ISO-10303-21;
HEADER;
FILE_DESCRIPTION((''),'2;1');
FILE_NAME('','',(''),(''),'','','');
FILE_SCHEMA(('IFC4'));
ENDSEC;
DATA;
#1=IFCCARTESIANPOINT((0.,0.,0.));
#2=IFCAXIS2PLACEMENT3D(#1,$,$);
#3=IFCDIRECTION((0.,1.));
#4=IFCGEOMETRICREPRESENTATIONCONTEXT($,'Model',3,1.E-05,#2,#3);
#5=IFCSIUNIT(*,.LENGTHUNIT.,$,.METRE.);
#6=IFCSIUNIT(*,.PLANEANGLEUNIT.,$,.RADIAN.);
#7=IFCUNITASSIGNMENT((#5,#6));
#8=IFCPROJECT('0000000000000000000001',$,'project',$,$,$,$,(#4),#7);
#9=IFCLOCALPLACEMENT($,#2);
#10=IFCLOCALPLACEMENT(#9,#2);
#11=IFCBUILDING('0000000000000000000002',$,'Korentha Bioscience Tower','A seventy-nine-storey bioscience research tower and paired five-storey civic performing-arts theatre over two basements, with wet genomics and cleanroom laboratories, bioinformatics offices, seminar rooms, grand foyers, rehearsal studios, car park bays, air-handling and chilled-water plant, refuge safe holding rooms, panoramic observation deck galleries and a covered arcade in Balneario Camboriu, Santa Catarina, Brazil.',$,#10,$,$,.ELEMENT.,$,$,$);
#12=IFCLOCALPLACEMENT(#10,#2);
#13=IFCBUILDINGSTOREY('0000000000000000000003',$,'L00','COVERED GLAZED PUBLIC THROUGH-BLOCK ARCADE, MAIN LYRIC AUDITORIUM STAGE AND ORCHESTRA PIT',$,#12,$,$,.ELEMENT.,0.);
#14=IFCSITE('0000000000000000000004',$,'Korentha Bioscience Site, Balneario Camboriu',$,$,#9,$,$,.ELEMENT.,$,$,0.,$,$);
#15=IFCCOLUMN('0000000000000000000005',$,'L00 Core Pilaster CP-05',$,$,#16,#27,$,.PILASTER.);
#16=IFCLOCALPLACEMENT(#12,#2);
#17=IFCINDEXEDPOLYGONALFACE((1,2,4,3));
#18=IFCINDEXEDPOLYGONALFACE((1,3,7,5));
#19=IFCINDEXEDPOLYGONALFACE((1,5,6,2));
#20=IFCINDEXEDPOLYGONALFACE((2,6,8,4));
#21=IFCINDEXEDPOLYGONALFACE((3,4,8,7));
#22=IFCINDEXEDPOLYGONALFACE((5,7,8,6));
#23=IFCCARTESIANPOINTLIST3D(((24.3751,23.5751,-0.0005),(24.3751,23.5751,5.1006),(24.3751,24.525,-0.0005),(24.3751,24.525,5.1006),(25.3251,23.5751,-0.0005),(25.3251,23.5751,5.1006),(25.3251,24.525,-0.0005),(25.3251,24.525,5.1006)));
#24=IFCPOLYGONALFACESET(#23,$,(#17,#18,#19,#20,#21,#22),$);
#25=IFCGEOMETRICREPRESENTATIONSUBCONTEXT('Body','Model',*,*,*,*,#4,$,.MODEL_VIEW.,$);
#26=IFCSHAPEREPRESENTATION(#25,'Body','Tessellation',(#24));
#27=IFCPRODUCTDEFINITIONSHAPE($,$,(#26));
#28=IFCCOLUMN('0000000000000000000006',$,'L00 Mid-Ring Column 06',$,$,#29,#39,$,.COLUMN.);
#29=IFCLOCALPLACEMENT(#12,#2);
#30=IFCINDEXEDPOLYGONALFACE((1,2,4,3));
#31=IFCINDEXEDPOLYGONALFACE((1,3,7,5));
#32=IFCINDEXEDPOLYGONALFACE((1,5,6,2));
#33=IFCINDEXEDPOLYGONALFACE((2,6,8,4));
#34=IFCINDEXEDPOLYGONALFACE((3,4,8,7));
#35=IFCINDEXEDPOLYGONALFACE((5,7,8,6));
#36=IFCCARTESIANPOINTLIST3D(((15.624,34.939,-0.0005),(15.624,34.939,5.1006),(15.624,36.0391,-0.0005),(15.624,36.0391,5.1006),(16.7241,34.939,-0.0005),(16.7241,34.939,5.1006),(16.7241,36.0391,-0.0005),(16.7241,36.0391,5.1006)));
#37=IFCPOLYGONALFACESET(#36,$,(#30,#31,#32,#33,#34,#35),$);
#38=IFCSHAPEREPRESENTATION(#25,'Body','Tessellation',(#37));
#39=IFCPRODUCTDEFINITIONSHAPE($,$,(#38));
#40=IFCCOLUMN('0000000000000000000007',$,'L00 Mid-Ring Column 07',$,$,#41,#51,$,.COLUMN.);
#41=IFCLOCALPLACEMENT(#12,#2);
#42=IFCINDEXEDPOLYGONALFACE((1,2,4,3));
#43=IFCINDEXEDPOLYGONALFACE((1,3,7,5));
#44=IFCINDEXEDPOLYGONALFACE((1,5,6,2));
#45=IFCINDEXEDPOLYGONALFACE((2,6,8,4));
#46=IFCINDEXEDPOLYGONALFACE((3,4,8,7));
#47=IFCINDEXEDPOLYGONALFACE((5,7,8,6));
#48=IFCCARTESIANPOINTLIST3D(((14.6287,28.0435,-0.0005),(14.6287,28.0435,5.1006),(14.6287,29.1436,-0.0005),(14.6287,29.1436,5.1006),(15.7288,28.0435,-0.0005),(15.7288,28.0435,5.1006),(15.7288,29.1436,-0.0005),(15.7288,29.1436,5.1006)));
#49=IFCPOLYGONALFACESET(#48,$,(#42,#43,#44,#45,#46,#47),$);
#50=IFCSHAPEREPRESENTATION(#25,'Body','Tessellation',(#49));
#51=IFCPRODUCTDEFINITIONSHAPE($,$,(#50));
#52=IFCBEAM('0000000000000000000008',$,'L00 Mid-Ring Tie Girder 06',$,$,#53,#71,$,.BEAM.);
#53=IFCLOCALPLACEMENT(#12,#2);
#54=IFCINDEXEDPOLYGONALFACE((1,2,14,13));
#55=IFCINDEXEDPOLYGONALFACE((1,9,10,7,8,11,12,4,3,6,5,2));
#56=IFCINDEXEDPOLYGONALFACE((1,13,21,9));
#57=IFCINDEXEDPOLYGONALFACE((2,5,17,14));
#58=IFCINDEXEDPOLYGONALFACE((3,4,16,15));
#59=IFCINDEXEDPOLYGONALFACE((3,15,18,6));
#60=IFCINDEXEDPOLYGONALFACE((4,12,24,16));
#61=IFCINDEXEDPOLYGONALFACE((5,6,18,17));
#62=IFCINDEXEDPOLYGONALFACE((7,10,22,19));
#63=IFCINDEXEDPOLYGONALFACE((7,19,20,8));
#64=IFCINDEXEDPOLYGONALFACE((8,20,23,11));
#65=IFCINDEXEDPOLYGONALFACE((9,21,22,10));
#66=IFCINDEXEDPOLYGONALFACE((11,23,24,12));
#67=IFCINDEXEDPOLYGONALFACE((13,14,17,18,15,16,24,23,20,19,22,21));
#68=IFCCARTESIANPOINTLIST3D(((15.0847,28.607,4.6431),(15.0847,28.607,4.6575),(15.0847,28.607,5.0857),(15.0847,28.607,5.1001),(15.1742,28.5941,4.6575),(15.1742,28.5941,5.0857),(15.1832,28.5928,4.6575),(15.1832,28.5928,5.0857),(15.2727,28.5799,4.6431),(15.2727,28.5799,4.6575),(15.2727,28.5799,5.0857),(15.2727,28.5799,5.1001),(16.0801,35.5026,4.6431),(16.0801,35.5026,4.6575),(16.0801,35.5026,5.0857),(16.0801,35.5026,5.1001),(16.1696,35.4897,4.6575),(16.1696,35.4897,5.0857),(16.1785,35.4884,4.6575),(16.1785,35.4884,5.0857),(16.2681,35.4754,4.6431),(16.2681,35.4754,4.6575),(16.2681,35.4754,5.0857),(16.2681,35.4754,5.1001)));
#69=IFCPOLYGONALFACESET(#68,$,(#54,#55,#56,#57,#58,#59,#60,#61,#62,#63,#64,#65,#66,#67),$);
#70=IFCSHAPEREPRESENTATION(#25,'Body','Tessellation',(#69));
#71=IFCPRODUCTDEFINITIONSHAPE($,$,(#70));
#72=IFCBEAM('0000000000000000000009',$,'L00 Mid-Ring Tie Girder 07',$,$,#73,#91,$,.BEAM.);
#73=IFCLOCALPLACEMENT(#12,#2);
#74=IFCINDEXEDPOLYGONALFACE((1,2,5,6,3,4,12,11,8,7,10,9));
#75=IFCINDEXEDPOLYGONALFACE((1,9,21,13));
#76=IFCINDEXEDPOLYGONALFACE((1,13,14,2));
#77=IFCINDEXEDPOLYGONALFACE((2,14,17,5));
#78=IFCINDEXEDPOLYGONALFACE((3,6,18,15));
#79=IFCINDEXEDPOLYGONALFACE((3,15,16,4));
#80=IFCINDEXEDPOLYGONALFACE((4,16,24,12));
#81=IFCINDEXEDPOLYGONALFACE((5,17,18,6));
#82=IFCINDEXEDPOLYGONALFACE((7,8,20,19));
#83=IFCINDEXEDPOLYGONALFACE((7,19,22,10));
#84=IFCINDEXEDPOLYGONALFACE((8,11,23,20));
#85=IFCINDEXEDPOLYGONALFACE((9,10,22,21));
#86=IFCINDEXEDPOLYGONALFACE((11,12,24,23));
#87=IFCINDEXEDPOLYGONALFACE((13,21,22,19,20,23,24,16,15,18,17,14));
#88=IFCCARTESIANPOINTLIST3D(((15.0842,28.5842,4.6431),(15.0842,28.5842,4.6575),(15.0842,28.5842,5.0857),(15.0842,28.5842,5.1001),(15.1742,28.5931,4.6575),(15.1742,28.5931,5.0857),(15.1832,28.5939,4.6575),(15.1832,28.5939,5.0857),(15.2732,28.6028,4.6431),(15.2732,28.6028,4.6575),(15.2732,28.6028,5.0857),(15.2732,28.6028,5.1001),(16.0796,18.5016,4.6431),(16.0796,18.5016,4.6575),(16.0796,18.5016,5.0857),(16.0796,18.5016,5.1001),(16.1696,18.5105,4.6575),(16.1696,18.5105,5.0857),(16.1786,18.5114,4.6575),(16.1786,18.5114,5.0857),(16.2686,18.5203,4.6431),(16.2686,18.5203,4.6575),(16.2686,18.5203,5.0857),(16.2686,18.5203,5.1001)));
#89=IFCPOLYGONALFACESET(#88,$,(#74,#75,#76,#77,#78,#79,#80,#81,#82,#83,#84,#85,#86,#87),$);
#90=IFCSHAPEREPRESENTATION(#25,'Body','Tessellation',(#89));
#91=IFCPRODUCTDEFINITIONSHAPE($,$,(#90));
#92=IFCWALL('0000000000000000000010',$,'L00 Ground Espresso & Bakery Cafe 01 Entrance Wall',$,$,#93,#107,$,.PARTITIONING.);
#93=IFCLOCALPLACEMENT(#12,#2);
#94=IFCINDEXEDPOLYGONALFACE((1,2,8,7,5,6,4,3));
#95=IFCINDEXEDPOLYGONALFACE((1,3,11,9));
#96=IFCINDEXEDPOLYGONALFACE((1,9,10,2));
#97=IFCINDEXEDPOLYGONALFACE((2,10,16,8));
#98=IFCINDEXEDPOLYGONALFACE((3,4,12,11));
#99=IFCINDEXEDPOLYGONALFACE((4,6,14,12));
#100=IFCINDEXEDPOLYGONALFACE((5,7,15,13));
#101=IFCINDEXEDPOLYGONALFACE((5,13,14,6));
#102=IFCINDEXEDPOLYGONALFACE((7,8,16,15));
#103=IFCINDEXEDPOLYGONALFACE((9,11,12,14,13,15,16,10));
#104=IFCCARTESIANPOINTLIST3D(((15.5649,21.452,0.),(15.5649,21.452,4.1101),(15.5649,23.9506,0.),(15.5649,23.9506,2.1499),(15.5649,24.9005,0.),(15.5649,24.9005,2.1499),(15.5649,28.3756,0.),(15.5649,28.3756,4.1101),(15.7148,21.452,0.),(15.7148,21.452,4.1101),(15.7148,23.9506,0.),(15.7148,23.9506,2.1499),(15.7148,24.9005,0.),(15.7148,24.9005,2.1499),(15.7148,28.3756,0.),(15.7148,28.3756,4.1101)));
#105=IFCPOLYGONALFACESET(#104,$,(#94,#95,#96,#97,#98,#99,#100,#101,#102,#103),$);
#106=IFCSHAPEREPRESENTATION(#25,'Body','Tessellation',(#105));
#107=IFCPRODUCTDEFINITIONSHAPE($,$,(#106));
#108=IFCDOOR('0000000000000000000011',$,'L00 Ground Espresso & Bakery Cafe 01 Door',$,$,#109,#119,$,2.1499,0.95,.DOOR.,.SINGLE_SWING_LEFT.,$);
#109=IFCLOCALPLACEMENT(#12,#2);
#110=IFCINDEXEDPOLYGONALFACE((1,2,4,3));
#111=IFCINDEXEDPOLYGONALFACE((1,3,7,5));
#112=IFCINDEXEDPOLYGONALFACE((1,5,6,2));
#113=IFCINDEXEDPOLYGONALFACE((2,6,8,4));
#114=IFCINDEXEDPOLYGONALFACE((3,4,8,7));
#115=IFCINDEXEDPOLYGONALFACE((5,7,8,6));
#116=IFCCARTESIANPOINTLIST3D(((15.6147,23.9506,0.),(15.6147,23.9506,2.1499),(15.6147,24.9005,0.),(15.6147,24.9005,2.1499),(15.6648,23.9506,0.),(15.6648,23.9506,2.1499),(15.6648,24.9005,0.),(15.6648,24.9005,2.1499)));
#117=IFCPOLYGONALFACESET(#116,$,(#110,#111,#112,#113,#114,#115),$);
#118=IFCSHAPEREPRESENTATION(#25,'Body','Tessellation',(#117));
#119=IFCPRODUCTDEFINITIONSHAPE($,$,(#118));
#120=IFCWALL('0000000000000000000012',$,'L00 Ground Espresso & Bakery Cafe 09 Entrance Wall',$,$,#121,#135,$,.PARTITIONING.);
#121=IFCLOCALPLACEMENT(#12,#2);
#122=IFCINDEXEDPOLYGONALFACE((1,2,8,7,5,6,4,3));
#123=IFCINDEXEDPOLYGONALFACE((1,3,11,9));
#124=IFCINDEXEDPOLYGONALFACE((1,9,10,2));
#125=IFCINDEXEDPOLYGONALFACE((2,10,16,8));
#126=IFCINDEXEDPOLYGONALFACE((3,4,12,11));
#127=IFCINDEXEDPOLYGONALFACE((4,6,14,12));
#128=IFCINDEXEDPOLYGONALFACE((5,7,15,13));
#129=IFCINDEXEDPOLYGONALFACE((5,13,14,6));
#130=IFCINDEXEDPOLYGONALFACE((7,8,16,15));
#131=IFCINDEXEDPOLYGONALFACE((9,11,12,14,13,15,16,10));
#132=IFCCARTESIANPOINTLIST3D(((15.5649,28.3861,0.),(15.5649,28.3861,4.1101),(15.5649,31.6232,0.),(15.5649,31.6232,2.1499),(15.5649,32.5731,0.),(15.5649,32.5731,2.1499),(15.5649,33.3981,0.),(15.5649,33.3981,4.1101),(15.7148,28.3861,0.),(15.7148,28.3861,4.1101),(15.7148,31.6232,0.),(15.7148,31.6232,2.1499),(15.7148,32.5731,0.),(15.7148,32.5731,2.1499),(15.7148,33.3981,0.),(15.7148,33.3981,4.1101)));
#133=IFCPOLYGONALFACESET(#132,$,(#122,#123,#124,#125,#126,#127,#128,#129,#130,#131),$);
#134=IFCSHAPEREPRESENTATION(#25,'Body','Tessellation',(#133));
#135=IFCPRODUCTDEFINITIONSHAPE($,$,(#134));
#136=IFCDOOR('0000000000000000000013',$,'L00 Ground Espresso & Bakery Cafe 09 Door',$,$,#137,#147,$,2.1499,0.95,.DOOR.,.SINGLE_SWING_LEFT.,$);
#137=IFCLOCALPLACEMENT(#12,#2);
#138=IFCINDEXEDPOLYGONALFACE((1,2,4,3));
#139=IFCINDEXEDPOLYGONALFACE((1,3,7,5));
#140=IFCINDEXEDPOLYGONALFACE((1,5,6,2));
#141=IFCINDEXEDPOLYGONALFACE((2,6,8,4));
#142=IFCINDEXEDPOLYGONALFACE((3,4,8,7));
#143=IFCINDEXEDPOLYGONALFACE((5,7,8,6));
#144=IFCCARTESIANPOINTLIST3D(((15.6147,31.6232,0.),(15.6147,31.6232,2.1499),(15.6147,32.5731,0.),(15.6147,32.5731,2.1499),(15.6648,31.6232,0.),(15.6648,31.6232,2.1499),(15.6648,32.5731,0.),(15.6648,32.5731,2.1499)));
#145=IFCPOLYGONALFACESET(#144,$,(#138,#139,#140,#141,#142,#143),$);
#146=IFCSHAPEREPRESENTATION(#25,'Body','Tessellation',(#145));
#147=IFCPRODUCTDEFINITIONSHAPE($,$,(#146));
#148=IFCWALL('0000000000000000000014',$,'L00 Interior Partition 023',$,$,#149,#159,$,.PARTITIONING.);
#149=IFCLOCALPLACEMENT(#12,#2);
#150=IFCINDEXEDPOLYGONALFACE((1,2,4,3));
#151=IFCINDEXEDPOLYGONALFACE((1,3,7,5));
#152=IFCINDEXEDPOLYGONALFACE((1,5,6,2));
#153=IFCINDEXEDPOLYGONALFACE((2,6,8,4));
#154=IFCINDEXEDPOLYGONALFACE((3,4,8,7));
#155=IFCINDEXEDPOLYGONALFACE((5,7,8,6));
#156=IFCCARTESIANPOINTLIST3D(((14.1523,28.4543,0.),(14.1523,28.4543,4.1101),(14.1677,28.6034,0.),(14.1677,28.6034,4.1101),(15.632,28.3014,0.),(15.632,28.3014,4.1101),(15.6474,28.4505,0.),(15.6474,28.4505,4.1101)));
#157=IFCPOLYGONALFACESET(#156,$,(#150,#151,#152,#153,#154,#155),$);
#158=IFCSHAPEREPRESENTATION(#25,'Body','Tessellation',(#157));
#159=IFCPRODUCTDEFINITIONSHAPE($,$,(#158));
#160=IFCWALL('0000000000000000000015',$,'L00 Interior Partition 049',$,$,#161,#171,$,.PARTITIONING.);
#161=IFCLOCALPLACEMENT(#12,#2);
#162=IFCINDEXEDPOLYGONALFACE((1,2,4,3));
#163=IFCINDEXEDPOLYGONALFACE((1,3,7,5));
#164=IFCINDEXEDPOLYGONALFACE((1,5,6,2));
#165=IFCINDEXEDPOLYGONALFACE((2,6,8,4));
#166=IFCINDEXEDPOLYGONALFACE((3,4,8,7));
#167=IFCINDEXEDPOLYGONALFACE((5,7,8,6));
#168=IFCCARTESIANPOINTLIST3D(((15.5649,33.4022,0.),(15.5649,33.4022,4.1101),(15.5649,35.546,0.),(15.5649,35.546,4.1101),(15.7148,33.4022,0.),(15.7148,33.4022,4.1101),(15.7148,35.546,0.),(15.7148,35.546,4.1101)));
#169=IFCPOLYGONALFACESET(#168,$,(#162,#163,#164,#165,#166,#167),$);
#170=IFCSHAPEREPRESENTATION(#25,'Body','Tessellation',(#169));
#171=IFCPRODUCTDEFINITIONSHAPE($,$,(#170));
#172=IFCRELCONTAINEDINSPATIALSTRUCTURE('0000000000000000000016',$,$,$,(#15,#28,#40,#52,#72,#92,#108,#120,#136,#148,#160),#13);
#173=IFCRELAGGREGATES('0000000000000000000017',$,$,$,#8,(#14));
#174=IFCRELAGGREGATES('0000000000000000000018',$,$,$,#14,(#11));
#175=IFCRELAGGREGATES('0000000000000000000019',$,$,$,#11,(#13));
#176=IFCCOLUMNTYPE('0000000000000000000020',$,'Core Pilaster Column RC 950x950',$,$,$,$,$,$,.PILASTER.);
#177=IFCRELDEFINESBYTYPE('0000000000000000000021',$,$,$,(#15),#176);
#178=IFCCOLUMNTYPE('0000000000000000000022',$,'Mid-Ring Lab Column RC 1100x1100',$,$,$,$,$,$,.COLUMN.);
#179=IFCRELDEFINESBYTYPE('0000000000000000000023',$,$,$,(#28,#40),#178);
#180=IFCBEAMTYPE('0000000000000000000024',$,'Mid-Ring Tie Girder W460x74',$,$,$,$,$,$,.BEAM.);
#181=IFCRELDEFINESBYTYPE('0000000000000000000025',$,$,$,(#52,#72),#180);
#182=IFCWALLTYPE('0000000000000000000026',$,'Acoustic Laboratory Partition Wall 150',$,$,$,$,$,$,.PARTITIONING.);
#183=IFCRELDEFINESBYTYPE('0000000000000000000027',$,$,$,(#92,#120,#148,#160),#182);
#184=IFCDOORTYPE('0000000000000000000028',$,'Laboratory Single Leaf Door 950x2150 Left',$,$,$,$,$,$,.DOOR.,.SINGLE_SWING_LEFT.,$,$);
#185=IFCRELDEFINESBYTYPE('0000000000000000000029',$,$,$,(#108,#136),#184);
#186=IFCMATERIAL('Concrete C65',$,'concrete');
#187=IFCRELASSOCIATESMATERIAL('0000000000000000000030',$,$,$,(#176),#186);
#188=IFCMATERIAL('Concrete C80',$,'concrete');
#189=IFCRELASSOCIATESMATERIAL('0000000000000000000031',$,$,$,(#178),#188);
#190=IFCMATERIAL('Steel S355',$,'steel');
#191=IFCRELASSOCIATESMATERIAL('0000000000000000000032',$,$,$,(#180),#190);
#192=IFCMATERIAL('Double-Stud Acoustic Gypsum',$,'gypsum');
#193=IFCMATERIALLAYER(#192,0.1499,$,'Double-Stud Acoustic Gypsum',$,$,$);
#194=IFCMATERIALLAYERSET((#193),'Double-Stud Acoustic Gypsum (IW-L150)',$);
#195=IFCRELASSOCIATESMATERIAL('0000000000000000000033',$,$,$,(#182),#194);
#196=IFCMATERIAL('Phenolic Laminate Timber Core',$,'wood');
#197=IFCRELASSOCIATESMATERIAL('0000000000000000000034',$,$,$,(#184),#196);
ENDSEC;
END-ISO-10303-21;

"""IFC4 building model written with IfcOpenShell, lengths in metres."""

from ifc_helpers import new_model, si_unit, direction, frame, frame_2d, origin, origin_2d, place, context, subcontext, project, spatial, rectangle, i_section, extrude, material, layer, layer_set, material_profile, profile_set, type_object, element, fill, save


model = new_model("IFC4")

# Units and contexts
model_context = context("Model", 3, precision=1e-05, world=origin(), true_north=direction((0.0, 1.0)))
body_context = subcontext(model_context, "Body", "Model", "MODEL_VIEW")
ifc_project = project(units=[si_unit("LENGTHUNIT", "METRE"), si_unit("PLANEANGLEUNIT", "RADIAN")], contexts=[model_context])

# Site, building, storey
site_placement = place(None, origin())
site = spatial("IfcSite", under=ifc_project, at=site_placement, Name="Korentha Bioscience Site, Balneario Camboriu", CompositionType="ELEMENT", RefElevation=0.0)
building_placement = place(site_placement, origin())
building = spatial("IfcBuilding", under=site, at=building_placement, Name="Korentha Bioscience Tower", Description="A seventy-nine-storey bioscience research tower and paired five-storey civic performing-arts theatre over two basements, with wet genomics and cleanroom laboratories, bioinformatics offices, seminar rooms, grand foyers, rehearsal studios, car park bays, air-handling and chilled-water plant, refuge safe holding rooms, panoramic observation deck galleries and a covered arcade in Balneario Camboriu, Santa Catarina, Brazil.", CompositionType="ELEMENT")
storey_placement = place(building_placement, origin())
storey = spatial("IfcBuildingStorey", under=building, at=storey_placement, Name="L00", Description="COVERED GLAZED PUBLIC THROUGH-BLOCK ARCADE, MAIN LYRIC AUDITORIUM STAGE AND ORCHESTRA PIT", CompositionType="ELEMENT", Elevation=0.0)

# Columns
ifc_material_1 = material(Name="Concrete C65", Category="concrete")
ifc_material_profile_1 = material_profile(ifc_material_1, rectangle(XDim=0.95, YDim=0.95, at=origin_2d()), Name="Concrete C65")
ifc_profile_set_1 = profile_set([ifc_material_profile_1], Name="Concrete C65 (COL-CP09)")
column_type_1 = type_object("IfcColumnType", Name="Core Pilaster Column RC 950x950", PredefinedType="PILASTER", material=ifc_profile_set_1)
column_placement = place(storey_placement, frame((24.8501, 24.05, -0.0005), z_axis=(0.0, 0.0, 1.0), x_axis=(1.0, 0.0, 0.0)))
element("IfcColumn", 1, at=column_placement, inside=storey, type_object=column_type_1, Name="L00 Core Pilaster CP-05", PredefinedType="PILASTER", context=body_context, shape_type="SweptSolid", body=[
    extrude(rectangle(XDim=0.95, YDim=0.95, at=origin_2d()), origin(), (0.0, 0.0, 1.0), 5.1011),
])
ifc_material_2 = material(Name="Concrete C80", Category="concrete")
ifc_material_profile_2 = material_profile(ifc_material_2, rectangle(XDim=1.1001, YDim=1.1001, at=origin_2d()), Name="Concrete C80")
ifc_profile_set_2 = profile_set([ifc_material_profile_2], Name="Concrete C80 (COL-MR11)")
column_type_2 = type_object("IfcColumnType", Name="Mid-Ring Lab Column RC 1100x1100", PredefinedType="COLUMN", material=ifc_profile_set_2)
for number, where, z_axis, x_axis, name in (
    (2, (16.1741, 35.489, -0.0005), (0.0, 0.0, 1.0), (1.0, 0.0, 0.0), "L00 Mid-Ring Column 06"),
    (3, (15.1787, 28.5935, -0.0005), (0.0, 0.0, 1.0), (1.0, 0.0, 0.0), "L00 Mid-Ring Column 07"),
):
    element("IfcColumn", number, at=place(storey_placement, frame(where, z_axis=z_axis, x_axis=x_axis)), inside=storey, type_object=column_type_2, Name=name, PredefinedType="COLUMN", context=body_context, shape_type="SweptSolid", body=[
        extrude(rectangle(XDim=1.1001, YDim=1.1001, at=origin_2d()), origin(), (0.0, 0.0, 1.0), 5.1011),
    ])

# Beams
ifc_material_3 = material(Name="Steel S355", Category="steel")
ifc_material_profile_3 = material_profile(ifc_material_3, i_section(OverallWidth=0.1899, OverallDepth=0.457, WebThickness=0.009, FlangeThickness=0.0144, at=origin_2d()), Name="Steel S355")
ifc_profile_set_3 = profile_set([ifc_material_profile_3], Name="Steel S355 (MB-460)")
beam_type = type_object("IfcBeamType", Name="Mid-Ring Tie Girder W460x74", PredefinedType="BEAM", material=ifc_profile_set_3)
beam_1_placement = place(storey_placement, frame((16.1741, 35.489, 4.8716), z_axis=(-0.142868, -0.989742, 0.0), x_axis=(0.989742, -0.142868, 0.0)))
element("IfcBeam", 4, at=beam_1_placement, inside=storey, type_object=beam_type, Name="L00 Mid-Ring Tie Girder 06", PredefinedType="BEAM", context=body_context, shape_type="SweptSolid", body=[
    extrude(i_section(OverallWidth=0.1899, OverallDepth=0.457, WebThickness=0.009, FlangeThickness=0.0144, at=origin_2d()), origin(), (0.0, 0.0, 1.0), 6.967),
])
beam_2_placement = place(storey_placement, frame((15.1787, 28.5935, 4.8716), z_axis=(0.098244, -0.995162, 0.0), x_axis=(0.995162, 0.098244, 0.0)))
element("IfcBeam", 5, at=beam_2_placement, inside=storey, type_object=beam_type, Name="L00 Mid-Ring Tie Girder 07", PredefinedType="BEAM", context=body_context, shape_type="SweptSolid", body=[
    extrude(i_section(OverallWidth=0.1899, OverallDepth=0.457, WebThickness=0.009, FlangeThickness=0.0144, at=origin_2d()), origin(), (0.0, 0.0, 1.0), 10.1316),
])

# Walls, openings, doors
ifc_material_4 = material(Name="Double-Stud Acoustic Gypsum", Category="gypsum")
ifc_layer_1 = layer(ifc_material_4, 0.1499, Name="Double-Stud Acoustic Gypsum")
ifc_layer_set_1 = layer_set([ifc_layer_1], Name="Double-Stud Acoustic Gypsum (IW-L150)")
wall_type_1 = type_object("IfcWallType", Name="Acoustic Laboratory Partition Wall 150", PredefinedType="PARTITIONING", material=ifc_layer_set_1)
wall_1_placement = place(storey_placement, frame((15.6399, 28.3757, 0.0), z_axis=(0.0, 0.0, 1.0), x_axis=(0.0, -1.0, 0.0)))
wall_1 = element("IfcWall", 6, at=wall_1_placement, inside=storey, type_object=wall_type_1, Name="L00 Ground Espresso & Bakery Cafe 01 Entrance Wall", PredefinedType="PARTITIONING", context=body_context, shape_type="SweptSolid", body=[
    extrude(rectangle(XDim=6.9236, YDim=0.1499, at=frame_2d((3.4619, 0.0))), origin(), (0.0, 0.0, 1.0), 4.1101),
])
opening_1_placement = place(wall_1_placement, frame((3.4751, 0.0, 0.0)))
opening_1 = element("IfcOpeningElement", 7, at=opening_1_placement, cuts=wall_1, PredefinedType="OPENING", context=body_context, shape_type="SweptSolid", body=[
    extrude(rectangle(XDim=0.95, YDim=2.1499, at=frame_2d((0.4751, 1.075))), frame((0.0, 0.0898, 0.0), z_axis=(0.0, -1.0, 0.0), x_axis=(1.0, 0.0, 0.0)), (0.0, 0.0, 1.0), 0.1797),
])
ifc_material_5 = material(Name="Phenolic Laminate Timber Core", Category="wood")
door_type_1 = type_object("IfcDoorType", Name="Laboratory Single Leaf Door 950x2150 Left", OperationType="SINGLE_SWING_LEFT", PredefinedType="DOOR", material=ifc_material_5)
door_1_placement = place(opening_1_placement, origin())
door_1 = element("IfcDoor", 8, at=door_1_placement, inside=storey, type_object=door_type_1, Name="L00 Ground Espresso & Bakery Cafe 01 Door", OperationType="SINGLE_SWING_LEFT", OverallHeight=2.1499, OverallWidth=0.95, PredefinedType="DOOR", context=body_context, shape_type="SweptSolid", body=[
    extrude(rectangle(XDim=0.95, YDim=2.1499, at=frame_2d((0.4751, 1.075))), frame((0.0, 0.0249, 0.0), z_axis=(0.0, -1.0, 0.0), x_axis=(1.0, 0.0, 0.0)), (0.0, 0.0, 1.0), 0.05),
])
fill(opening_1, door_1)
wall_2_placement = place(storey_placement, frame((15.6399, 33.3979, 0.0), z_axis=(0.0, 0.0, 1.0), x_axis=(0.0, -1.0, 0.0)))
wall_2 = element("IfcWall", 9, at=wall_2_placement, inside=storey, type_object=wall_type_1, Name="L00 Ground Espresso & Bakery Cafe 09 Entrance Wall", PredefinedType="PARTITIONING", context=body_context, shape_type="SweptSolid", body=[
    extrude(rectangle(XDim=5.012, YDim=0.1499, at=frame_2d((2.5059, 0.0))), origin(), (0.0, 0.0, 1.0), 4.1101),
])
opening_2_placement = place(wall_2_placement, frame((0.8247, 0.0, 0.0)))
opening_2 = element("IfcOpeningElement", 10, at=opening_2_placement, cuts=wall_2, PredefinedType="OPENING", context=body_context, shape_type="SweptSolid", body=[
    extrude(rectangle(XDim=0.95, YDim=2.1499, at=frame_2d((0.4751, 1.075))), frame((0.0, 0.0898, 0.0), z_axis=(0.0, -1.0, 0.0), x_axis=(1.0, 0.0, 0.0)), (0.0, 0.0, 1.0), 0.1797),
])
door_2_placement = place(opening_2_placement, origin())
door_2 = element("IfcDoor", 11, at=door_2_placement, inside=storey, type_object=door_type_1, Name="L00 Ground Espresso & Bakery Cafe 09 Door", OperationType="SINGLE_SWING_LEFT", OverallHeight=2.1499, OverallWidth=0.95, PredefinedType="DOOR", context=body_context, shape_type="SweptSolid", body=[
    extrude(rectangle(XDim=0.95, YDim=2.1499, at=frame_2d((0.4751, 1.075))), frame((0.0, 0.0249, 0.0), z_axis=(0.0, -1.0, 0.0), x_axis=(1.0, 0.0, 0.0)), (0.0, 0.0, 1.0), 0.05),
])
fill(opening_2, door_2)

# Walls
wall_3_placement = place(storey_placement, frame((14.1602, 28.5288, 0.0), z_axis=(0.0, 0.0, 1.0), x_axis=(0.994709, -0.102737, 0.0)))
element("IfcWall", 12, at=wall_3_placement, inside=storey, type_object=wall_type_1, Name="L00 Interior Partition 023", PredefinedType="PARTITIONING", context=body_context, shape_type="SweptSolid", body=[
    extrude(rectangle(XDim=1.4875, YDim=0.1499, at=frame_2d((0.7437, 0.0))), origin(), (0.0, 0.0, 1.0), 4.1101),
])
wall_4_placement = place(storey_placement, frame((15.6399, 35.5459, 0.0), z_axis=(0.0, 0.0, 1.0), x_axis=(0.0, -1.0, 0.0)))
element("IfcWall", 13, at=wall_4_placement, inside=storey, type_object=wall_type_1, Name="L00 Interior Partition 049", PredefinedType="PARTITIONING", context=body_context, shape_type="SweptSolid", body=[
    extrude(rectangle(XDim=2.1438, YDim=0.1499, at=frame_2d((1.0718, 0.0))), origin(), (0.0, 0.0, 1.0), 4.1101),
])

save(model, "model.ifc")
